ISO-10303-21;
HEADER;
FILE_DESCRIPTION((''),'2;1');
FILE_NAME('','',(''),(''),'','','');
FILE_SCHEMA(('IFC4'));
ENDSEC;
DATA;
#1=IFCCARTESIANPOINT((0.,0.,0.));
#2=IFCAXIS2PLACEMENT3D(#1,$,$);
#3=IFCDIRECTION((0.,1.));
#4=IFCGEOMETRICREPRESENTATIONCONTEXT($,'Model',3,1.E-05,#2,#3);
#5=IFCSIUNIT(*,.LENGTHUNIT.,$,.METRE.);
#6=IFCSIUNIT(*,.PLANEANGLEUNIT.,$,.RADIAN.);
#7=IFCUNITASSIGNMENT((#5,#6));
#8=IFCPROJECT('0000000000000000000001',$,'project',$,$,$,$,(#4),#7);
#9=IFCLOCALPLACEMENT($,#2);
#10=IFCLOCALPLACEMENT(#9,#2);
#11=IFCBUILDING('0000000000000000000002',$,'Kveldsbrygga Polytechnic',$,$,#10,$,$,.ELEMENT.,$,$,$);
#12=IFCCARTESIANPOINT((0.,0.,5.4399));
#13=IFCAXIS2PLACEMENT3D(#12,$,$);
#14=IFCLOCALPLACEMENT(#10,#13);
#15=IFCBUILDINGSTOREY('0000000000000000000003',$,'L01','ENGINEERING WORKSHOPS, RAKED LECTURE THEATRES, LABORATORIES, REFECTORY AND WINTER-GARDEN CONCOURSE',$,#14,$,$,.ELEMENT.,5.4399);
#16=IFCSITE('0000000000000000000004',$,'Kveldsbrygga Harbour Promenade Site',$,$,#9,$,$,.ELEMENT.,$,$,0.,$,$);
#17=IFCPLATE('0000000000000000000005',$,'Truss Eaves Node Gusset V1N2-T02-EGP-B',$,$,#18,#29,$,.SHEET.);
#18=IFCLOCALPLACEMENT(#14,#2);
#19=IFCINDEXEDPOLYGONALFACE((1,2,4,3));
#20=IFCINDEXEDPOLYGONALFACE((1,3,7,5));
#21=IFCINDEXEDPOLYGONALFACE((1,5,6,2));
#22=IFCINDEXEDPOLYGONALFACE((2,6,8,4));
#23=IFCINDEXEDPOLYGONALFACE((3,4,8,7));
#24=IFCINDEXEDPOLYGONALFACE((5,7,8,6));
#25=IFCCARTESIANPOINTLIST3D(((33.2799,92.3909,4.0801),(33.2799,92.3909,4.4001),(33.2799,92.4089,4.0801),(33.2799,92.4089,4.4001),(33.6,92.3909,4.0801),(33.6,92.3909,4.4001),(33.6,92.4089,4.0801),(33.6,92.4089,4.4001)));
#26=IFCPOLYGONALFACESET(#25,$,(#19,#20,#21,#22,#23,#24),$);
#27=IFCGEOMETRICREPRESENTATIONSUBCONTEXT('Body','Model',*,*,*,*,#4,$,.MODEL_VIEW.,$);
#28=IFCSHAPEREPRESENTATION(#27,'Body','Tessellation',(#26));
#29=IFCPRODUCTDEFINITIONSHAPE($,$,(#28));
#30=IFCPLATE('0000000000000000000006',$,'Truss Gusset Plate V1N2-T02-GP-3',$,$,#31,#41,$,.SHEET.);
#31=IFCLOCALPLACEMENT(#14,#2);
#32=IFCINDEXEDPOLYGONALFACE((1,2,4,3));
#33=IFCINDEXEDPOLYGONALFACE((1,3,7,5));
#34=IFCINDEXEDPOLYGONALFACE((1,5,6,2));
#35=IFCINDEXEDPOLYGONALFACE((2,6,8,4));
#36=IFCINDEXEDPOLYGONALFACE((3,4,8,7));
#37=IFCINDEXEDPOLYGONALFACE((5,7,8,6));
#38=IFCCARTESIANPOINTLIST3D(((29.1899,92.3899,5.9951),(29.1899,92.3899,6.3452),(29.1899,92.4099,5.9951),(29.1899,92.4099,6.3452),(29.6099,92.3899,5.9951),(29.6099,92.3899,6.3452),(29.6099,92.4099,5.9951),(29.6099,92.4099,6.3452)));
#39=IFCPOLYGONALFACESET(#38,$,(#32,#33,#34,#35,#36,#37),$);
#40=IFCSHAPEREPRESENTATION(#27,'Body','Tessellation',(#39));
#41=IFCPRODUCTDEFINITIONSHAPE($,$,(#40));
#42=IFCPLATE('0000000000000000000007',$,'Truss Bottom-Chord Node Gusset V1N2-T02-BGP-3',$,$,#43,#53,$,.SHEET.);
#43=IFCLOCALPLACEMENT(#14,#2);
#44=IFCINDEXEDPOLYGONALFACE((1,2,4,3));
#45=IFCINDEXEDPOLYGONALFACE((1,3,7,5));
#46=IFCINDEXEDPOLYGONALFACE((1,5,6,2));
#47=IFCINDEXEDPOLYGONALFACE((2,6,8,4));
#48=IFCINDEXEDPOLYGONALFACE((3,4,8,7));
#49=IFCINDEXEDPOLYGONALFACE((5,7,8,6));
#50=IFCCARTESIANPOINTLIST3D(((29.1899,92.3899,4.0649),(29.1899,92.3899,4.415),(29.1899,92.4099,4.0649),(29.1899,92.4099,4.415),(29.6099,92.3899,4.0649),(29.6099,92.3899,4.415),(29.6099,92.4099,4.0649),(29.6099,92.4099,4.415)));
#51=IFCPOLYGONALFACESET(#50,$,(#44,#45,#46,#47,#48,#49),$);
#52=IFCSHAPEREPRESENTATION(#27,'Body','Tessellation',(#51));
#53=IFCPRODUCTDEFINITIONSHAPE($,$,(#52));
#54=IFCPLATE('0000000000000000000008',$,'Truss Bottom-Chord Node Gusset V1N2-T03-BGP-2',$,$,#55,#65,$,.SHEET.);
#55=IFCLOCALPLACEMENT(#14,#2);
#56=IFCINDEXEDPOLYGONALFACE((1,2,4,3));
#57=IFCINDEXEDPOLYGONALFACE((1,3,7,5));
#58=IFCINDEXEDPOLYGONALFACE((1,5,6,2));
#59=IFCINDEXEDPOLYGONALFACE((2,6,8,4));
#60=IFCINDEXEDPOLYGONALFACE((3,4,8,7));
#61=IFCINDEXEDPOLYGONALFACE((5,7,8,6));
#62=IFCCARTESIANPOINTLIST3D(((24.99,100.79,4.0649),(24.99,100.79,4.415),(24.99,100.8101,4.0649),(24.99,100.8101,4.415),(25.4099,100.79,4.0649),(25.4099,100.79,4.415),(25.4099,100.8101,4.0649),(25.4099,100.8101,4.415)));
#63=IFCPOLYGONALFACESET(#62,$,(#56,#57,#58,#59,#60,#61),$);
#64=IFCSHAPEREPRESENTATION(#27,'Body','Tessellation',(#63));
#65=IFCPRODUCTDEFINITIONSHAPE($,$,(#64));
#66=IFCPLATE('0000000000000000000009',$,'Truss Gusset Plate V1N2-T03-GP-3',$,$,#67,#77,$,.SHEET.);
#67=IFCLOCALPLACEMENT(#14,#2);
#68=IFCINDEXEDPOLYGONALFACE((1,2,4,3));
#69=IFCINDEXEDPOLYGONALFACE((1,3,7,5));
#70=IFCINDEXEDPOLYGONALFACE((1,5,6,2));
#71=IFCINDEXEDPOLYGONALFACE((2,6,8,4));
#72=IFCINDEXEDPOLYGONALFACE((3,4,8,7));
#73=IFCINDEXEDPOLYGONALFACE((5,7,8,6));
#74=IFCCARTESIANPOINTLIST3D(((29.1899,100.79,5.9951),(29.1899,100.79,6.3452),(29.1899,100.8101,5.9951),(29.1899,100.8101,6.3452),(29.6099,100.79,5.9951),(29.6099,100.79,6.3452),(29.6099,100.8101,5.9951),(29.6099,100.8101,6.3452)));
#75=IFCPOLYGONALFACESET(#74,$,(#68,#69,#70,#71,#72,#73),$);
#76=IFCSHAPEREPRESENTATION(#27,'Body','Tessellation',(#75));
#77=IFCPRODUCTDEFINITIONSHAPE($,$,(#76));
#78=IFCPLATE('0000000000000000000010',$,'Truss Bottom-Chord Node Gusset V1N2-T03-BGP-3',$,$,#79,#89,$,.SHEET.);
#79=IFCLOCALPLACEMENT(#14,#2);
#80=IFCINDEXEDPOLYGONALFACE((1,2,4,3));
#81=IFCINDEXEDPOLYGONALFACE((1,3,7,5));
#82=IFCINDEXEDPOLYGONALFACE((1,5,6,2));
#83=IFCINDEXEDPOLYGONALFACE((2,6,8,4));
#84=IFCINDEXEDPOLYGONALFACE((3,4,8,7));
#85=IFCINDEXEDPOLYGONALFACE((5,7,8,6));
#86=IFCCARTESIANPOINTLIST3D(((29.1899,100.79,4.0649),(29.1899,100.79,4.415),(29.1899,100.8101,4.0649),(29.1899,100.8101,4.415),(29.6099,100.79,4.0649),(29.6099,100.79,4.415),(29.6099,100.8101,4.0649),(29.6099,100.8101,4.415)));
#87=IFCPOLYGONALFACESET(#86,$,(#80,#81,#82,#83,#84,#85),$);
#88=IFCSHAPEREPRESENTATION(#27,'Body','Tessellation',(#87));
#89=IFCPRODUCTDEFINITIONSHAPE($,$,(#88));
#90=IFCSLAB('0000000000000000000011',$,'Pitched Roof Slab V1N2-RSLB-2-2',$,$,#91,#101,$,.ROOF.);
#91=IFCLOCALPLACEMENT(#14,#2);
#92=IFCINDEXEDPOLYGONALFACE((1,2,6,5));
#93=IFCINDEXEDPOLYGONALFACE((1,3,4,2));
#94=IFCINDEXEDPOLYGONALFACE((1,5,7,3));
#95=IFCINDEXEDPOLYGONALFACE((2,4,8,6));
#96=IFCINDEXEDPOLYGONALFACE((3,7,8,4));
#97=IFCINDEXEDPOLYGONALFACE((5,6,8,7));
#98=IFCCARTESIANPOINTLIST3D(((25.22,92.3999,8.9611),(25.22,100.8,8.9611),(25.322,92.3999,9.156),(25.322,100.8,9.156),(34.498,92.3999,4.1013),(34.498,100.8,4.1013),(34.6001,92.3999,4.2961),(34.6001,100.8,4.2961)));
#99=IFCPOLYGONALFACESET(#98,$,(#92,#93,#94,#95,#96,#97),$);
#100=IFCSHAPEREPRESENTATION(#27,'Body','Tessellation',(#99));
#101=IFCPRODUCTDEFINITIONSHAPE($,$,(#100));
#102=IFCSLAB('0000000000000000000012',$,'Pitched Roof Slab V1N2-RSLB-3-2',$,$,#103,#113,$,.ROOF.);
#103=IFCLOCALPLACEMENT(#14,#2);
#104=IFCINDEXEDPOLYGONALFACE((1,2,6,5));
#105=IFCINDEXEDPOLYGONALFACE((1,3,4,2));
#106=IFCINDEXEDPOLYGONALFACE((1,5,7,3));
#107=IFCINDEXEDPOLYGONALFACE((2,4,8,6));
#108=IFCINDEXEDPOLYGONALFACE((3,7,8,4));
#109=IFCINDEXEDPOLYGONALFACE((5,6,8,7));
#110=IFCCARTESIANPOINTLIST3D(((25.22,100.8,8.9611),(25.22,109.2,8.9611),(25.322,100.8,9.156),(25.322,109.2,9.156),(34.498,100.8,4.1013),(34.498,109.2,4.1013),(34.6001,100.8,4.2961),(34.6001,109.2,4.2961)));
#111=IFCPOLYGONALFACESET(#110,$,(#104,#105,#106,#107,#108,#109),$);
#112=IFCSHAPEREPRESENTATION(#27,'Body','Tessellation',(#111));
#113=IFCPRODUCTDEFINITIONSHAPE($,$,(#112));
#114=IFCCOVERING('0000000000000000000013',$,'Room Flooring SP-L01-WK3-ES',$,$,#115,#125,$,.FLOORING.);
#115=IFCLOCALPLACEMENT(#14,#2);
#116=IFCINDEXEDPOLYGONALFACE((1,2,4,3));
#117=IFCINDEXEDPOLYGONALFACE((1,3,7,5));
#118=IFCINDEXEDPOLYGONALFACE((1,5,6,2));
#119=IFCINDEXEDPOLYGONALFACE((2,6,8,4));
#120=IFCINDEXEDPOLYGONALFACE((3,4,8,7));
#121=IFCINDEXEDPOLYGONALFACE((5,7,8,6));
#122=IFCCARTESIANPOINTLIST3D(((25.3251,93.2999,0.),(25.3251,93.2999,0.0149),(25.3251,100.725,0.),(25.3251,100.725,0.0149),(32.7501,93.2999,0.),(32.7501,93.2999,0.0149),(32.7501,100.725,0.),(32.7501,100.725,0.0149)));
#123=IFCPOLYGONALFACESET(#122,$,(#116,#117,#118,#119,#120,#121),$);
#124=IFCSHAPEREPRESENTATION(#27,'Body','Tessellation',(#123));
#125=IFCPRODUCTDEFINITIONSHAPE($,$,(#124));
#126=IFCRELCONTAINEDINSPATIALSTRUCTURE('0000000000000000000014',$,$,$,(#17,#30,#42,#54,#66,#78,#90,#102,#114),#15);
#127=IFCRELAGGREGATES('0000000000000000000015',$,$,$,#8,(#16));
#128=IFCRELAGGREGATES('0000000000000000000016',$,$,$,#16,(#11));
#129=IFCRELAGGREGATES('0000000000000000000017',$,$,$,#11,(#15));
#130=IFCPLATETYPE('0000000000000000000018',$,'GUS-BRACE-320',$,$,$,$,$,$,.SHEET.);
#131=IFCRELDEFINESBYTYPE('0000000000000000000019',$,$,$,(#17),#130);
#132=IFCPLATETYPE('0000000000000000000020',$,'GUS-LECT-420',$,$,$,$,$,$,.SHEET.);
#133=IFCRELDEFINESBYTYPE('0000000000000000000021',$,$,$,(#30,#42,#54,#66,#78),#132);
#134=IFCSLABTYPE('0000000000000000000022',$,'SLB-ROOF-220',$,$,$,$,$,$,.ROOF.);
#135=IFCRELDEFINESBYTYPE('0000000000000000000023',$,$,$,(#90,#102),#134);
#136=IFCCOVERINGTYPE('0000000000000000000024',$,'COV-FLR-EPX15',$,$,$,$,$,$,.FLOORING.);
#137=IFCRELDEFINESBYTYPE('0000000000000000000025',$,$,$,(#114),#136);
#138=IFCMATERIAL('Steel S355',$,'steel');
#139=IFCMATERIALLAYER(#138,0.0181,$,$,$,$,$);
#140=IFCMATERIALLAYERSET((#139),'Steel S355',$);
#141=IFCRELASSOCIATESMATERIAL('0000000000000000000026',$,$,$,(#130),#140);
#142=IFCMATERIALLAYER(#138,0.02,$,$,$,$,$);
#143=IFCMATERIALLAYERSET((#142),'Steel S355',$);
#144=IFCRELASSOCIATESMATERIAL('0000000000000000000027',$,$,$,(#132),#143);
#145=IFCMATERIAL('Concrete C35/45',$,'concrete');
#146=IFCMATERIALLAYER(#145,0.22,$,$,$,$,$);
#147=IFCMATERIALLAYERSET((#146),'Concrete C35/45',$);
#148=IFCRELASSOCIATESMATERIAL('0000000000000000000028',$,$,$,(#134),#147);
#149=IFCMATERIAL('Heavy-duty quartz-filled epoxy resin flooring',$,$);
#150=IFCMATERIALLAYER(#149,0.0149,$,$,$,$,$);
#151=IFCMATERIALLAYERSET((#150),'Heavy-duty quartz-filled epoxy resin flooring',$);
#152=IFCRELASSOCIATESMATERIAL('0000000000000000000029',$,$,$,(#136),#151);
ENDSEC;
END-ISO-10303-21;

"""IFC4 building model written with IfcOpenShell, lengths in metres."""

from ifc_helpers import new_model, si_unit, direction, frame, origin, origin_2d, place, context, subcontext, project, spatial, polyline, rectangle, outline, extrude, material, layer, layer_set, type_object, element, save


model = new_model("IFC4")

# Units and contexts
model_context = context("Model", 3, precision=1e-05, world=origin(), true_north=direction((0.0, 1.0)))
body_context = subcontext(model_context, "Body", "Model", "MODEL_VIEW")
ifc_project = project(units=[si_unit("LENGTHUNIT", "METRE"), si_unit("PLANEANGLEUNIT", "RADIAN")], contexts=[model_context])

# Site, building, storey
site_placement = place(None, origin())
site = spatial("IfcSite", under=ifc_project, at=site_placement, Name="Kveldsbrygga Harbour Promenade Site", CompositionType="ELEMENT", RefElevation=0.0)
building_placement = place(site_placement, origin())
building = spatial("IfcBuilding", under=site, at=building_placement, Name="Kveldsbrygga Polytechnic", CompositionType="ELEMENT")
storey_placement = place(building_placement, frame((0.0, 0.0, 5.4399)))
storey = spatial("IfcBuildingStorey", under=building, at=storey_placement, Name="L01", Description="ENGINEERING WORKSHOPS, RAKED LECTURE THEATRES, LABORATORIES, REFECTORY AND WINTER-GARDEN CONCOURSE", CompositionType="ELEMENT", Elevation=5.4399)

# Shared definitions
ifc_material_1 = material(Name="Steel S355", Category="steel")

# Plates
ifc_layer_1 = layer(ifc_material_1, 0.0181)
ifc_layer_set_1 = layer_set([ifc_layer_1], Name="Steel S355")
plate_type_1 = type_object("IfcPlateType", Name="GUS-BRACE-320", PredefinedType="SHEET", material=ifc_layer_set_1)
plate_1_placement = place(storey_placement, frame((33.4399, 92.3999, 4.0801), z_axis=(0.0, 0.0, 1.0), x_axis=(1.0, 0.0, 0.0)))
element("IfcPlate", 1, at=plate_1_placement, inside=storey, type_object=plate_type_1, Name="Truss Eaves Node Gusset V1N2-T02-EGP-B", PredefinedType="SHEET", context=body_context, shape_type="SweptSolid", body=[
    extrude(rectangle(XDim=0.3201, YDim=0.0181, at=origin_2d()), origin(), (0.0, 0.0, 1.0), 0.3201),
])
ifc_layer_2 = layer(ifc_material_1, 0.02)
ifc_layer_set_2 = layer_set([ifc_layer_2], Name="Steel S355")
plate_type_2 = type_object("IfcPlateType", Name="GUS-LECT-420", PredefinedType="SHEET", material=ifc_layer_set_2)
for number, where, z_axis, x_axis, name in (
    (2, (29.3999, 92.3999, 5.9951), (0.0, 0.0, 1.0), (1.0, 0.0, 0.0), "Truss Gusset Plate V1N2-T02-GP-3"),
    (3, (29.3999, 92.3999, 4.0649), (0.0, 0.0, 1.0), (1.0, 0.0, 0.0), "Truss Bottom-Chord Node Gusset V1N2-T02-BGP-3"),
    (4, (25.2, 100.8, 4.0649), (0.0, 0.0, 1.0), (1.0, 0.0, 0.0), "Truss Bottom-Chord Node Gusset V1N2-T03-BGP-2"),
    (5, (29.3999, 100.8, 5.9951), (0.0, 0.0, 1.0), (1.0, 0.0, 0.0), "Truss Gusset Plate V1N2-T03-GP-3"),
    (6, (29.3999, 100.8, 4.0649), (0.0, 0.0, 1.0), (1.0, 0.0, 0.0), "Truss Bottom-Chord Node Gusset V1N2-T03-BGP-3"),
):
    element("IfcPlate", number, at=place(storey_placement, frame(where, z_axis=z_axis, x_axis=x_axis)), inside=storey, type_object=plate_type_2, Name=name, PredefinedType="SHEET", context=body_context, shape_type="SweptSolid", body=[
        extrude(rectangle(XDim=0.4199, YDim=0.02, at=origin_2d()), origin(), (0.0, 0.0, 1.0), 0.3501),
    ])

# Slabs
ifc_material_2 = material(Name="Concrete C35/45", Category="concrete")
ifc_layer_3 = layer(ifc_material_2, 0.22)
ifc_layer_set_3 = layer_set([ifc_layer_3], Name="Concrete C35/45")
slab_type = type_object("IfcSlabType", Name="SLB-ROOF-220", PredefinedType="ROOF", material=ifc_layer_set_3)
slab_1_placement = place(storey_placement, frame((25.322, 92.3999, 9.156), z_axis=(0.464001, 0.0, 0.885835), x_axis=(0.885835, 0.0, -0.464001)))
element("IfcSlab", 7, at=slab_1_placement, inside=storey, type_object=slab_type, Name="Pitched Roof Slab V1N2-RSLB-2-2", PredefinedType="ROOF", context=body_context, shape_type="SweptSolid", body=[
    extrude(outline(polyline([(0.0, 0.0), (10.4738, 0.0), (10.4738, 8.4001), (0.0, 8.4001), (0.0, 0.0)])), origin(), (0.0, 0.0, -1.0), 0.22),
])
slab_2_placement = place(storey_placement, frame((25.322, 100.8, 9.156), z_axis=(0.464001, 0.0, 0.885835), x_axis=(0.885835, 0.0, -0.464001)))
element("IfcSlab", 8, at=slab_2_placement, inside=storey, type_object=slab_type, Name="Pitched Roof Slab V1N2-RSLB-3-2", PredefinedType="ROOF", context=body_context, shape_type="SweptSolid", body=[
    extrude(outline(polyline([(0.0, 0.0), (10.4738, 0.0), (10.4738, 8.3999), (0.0, 8.3999), (0.0, 0.0)])), origin(), (0.0, 0.0, -1.0), 0.22),
])

# Covering
ifc_material_3 = material(Name="Heavy-duty quartz-filled epoxy resin flooring")
ifc_layer_4 = layer(ifc_material_3, 0.0149)
ifc_layer_set_4 = layer_set([ifc_layer_4], Name="Heavy-duty quartz-filled epoxy resin flooring")
covering_type = type_object("IfcCoveringType", Name="COV-FLR-EPX15", PredefinedType="FLOORING", material=ifc_layer_set_4)
covering_placement = place(storey_placement, frame((29.0376, 97.0125, 0.0), z_axis=(0.0, 0.0, 1.0), x_axis=(1.0, 0.0, 0.0)))
element("IfcCovering", 9, at=covering_placement, inside=storey, type_object=covering_type, Name="Room Flooring SP-L01-WK3-ES", PredefinedType="FLOORING", context=body_context, shape_type="SweptSolid", body=[
    extrude(rectangle(XDim=7.425, YDim=7.425, at=origin_2d()), origin(), (0.0, 0.0, 1.0), 0.0149),
])

save(model, "model.ifc")
